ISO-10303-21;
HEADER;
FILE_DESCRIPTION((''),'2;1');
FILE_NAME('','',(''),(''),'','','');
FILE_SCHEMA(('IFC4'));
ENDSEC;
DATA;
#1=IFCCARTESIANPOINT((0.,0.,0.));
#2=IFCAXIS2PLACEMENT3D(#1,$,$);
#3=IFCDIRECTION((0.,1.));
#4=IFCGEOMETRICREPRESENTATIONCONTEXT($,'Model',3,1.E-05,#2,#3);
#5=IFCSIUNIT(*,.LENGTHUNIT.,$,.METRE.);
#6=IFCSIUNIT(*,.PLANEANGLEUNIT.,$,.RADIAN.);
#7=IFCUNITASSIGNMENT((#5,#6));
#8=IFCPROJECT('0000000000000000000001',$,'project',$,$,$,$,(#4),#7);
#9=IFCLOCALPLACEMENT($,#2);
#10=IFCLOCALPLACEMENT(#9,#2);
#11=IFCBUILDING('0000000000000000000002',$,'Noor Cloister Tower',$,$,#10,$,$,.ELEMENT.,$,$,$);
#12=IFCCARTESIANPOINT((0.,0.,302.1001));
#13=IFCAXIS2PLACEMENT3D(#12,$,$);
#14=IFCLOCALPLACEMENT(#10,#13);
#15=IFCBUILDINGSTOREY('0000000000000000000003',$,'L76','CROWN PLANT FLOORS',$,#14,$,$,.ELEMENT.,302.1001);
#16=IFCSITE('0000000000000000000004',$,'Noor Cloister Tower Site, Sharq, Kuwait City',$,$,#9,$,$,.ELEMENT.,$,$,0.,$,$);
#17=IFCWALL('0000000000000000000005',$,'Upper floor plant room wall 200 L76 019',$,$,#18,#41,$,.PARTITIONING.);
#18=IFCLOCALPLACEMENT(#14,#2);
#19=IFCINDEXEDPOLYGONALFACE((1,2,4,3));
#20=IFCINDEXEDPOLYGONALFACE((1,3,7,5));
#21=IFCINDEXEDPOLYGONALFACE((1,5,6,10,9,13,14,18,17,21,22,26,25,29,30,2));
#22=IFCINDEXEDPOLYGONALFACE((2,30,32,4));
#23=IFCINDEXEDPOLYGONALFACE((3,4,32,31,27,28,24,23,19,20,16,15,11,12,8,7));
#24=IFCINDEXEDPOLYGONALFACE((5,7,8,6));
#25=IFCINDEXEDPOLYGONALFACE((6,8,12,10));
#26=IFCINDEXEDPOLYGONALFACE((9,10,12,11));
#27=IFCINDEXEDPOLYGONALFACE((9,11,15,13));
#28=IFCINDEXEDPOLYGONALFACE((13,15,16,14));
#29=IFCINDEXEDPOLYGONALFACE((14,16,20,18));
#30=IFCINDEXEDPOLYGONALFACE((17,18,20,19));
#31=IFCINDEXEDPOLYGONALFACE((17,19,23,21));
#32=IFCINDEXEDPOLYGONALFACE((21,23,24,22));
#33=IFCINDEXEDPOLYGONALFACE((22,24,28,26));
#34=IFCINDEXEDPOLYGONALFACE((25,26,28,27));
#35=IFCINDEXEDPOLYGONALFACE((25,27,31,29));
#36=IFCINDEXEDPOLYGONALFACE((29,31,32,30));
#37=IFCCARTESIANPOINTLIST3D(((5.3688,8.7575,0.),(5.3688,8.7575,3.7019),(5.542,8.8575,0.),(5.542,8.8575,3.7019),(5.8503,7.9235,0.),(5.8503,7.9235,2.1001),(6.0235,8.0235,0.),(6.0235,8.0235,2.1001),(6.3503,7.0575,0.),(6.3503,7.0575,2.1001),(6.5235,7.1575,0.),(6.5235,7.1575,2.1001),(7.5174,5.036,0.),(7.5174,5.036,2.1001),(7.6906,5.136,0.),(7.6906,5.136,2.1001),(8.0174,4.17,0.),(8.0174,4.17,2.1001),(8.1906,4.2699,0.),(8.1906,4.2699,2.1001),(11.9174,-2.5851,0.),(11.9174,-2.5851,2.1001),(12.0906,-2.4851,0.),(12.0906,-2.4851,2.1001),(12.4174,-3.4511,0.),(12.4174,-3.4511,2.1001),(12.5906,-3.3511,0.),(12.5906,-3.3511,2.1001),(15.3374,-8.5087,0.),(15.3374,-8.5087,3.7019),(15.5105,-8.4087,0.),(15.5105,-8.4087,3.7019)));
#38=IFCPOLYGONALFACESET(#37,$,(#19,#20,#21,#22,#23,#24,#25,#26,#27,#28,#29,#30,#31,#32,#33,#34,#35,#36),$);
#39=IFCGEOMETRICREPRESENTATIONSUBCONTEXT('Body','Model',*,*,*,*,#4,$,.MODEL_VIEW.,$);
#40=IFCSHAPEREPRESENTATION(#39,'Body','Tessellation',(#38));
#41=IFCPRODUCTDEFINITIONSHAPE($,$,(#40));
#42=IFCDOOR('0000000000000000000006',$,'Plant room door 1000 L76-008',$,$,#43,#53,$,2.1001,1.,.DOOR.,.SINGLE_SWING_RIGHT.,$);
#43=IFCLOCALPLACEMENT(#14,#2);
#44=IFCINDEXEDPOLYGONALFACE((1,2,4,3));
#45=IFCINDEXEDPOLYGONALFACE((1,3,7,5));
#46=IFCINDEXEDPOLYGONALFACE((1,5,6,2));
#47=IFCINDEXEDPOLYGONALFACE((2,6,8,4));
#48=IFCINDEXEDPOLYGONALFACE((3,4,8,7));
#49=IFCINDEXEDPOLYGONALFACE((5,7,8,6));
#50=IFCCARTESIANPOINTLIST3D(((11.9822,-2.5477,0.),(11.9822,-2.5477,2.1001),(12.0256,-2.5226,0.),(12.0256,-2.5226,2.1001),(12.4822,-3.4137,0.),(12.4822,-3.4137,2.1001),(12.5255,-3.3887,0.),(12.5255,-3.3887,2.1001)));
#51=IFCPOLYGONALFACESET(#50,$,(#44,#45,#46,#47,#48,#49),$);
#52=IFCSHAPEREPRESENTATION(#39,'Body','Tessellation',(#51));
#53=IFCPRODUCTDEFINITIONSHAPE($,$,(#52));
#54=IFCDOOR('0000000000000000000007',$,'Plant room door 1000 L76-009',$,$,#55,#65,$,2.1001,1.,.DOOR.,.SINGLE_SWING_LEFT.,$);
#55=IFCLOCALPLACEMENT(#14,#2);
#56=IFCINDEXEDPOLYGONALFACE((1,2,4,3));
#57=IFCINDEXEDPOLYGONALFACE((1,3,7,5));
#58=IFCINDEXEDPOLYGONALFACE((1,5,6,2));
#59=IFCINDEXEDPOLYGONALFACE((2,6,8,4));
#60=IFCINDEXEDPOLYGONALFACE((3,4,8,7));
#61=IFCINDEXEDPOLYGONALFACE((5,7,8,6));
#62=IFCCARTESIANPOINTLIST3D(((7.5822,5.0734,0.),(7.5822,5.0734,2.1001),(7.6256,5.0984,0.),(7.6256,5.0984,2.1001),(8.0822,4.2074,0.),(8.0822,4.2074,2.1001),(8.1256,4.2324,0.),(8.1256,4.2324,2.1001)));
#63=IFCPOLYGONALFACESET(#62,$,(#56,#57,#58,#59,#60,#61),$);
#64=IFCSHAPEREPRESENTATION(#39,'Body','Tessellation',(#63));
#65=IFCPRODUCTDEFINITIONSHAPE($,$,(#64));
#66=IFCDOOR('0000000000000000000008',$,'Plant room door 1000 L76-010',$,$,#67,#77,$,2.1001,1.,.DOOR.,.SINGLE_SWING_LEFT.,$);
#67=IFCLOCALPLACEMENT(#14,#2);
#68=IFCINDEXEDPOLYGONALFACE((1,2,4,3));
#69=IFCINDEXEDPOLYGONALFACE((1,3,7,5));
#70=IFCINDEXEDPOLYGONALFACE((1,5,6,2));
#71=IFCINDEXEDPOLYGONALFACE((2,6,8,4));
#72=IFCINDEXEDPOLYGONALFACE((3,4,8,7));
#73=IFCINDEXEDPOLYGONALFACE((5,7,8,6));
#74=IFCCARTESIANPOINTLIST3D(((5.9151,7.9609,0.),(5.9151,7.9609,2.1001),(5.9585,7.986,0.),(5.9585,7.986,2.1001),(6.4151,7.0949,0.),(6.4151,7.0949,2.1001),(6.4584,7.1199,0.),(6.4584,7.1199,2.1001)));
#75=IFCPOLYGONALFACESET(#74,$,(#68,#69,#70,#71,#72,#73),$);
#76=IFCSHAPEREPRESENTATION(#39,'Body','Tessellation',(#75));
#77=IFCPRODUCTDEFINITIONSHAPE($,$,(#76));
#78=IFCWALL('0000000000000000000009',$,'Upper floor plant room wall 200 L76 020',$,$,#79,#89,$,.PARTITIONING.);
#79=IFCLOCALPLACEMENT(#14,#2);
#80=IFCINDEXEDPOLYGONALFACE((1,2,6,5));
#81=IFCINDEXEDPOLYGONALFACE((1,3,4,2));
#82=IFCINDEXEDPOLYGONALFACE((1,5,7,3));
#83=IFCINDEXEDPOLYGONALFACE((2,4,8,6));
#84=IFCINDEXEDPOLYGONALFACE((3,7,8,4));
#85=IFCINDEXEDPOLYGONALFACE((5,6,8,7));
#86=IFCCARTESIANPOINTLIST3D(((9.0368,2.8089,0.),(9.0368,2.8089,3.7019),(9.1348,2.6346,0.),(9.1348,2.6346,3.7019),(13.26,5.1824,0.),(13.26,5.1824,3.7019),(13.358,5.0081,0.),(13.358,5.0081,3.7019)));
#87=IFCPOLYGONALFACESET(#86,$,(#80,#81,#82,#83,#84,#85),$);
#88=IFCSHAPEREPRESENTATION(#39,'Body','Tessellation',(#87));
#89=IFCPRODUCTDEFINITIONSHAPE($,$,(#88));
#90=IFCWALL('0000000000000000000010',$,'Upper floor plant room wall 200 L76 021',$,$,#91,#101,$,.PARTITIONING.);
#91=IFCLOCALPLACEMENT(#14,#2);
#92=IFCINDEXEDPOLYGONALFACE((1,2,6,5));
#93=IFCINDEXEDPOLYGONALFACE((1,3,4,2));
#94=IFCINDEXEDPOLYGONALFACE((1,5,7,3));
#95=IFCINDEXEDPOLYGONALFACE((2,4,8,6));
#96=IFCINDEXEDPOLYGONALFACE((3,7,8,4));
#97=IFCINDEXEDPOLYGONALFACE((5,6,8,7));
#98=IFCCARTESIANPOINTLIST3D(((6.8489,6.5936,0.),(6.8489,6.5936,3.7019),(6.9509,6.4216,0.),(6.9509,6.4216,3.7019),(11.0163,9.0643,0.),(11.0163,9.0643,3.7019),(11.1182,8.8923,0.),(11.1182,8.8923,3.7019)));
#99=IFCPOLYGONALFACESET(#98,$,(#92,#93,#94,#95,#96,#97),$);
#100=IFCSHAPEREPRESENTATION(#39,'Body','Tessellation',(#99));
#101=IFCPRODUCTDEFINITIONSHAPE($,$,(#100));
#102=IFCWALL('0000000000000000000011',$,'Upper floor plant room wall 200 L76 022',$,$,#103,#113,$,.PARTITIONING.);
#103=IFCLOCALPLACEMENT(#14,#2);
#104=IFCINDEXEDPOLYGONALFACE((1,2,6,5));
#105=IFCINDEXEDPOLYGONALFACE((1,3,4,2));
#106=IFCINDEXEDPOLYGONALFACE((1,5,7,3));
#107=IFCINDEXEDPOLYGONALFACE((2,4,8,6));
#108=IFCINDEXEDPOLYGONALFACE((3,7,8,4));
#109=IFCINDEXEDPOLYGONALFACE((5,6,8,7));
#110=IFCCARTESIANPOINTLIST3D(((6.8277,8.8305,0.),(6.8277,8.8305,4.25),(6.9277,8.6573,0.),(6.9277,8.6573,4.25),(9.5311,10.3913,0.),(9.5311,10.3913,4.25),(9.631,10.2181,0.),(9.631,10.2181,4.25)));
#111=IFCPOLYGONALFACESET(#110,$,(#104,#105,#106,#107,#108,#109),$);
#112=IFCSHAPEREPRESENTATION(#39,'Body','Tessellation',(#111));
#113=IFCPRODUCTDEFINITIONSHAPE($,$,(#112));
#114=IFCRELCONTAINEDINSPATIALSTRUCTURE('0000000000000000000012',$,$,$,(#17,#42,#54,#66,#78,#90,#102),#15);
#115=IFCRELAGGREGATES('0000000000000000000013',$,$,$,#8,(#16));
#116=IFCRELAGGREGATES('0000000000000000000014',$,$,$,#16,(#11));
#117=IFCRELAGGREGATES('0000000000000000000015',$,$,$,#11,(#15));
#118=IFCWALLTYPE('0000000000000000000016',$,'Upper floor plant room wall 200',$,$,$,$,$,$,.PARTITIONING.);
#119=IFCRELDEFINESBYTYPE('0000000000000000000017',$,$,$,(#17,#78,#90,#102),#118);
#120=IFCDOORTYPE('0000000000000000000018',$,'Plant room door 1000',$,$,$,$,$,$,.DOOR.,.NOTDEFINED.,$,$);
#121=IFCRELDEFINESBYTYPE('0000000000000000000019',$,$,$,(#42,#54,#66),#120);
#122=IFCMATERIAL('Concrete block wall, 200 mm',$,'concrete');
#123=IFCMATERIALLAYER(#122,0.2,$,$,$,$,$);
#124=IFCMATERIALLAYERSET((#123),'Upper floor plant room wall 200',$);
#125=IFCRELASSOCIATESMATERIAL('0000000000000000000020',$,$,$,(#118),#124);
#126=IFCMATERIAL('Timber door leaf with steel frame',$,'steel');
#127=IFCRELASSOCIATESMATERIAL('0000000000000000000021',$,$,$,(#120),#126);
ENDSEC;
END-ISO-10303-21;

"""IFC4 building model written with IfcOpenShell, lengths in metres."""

from ifc_helpers import new_model, si_unit, direction, frame, frame_2d, origin, place, context, subcontext, project, spatial, rectangle, extrude, material, layer, layer_set, type_object, element, fill, save


model = new_model("IFC4")

# Units and contexts
model_context = context("Model", 3, precision=1e-05, world=origin(), true_north=direction((0.0, 1.0)))
body_context = subcontext(model_context, "Body", "Model", "MODEL_VIEW")
ifc_project = project(units=[si_unit("LENGTHUNIT", "METRE"), si_unit("PLANEANGLEUNIT", "RADIAN")], contexts=[model_context])

# Site, building, storey
site_placement = place(None, origin())
site = spatial("IfcSite", under=ifc_project, at=site_placement, Name="Noor Cloister Tower Site, Sharq, Kuwait City", CompositionType="ELEMENT", RefElevation=0.0)
building_placement = place(site_placement, origin())
building = spatial("IfcBuilding", under=site, at=building_placement, Name="Noor Cloister Tower", CompositionType="ELEMENT")
storey_placement = place(building_placement, frame((0.0, 0.0, 302.1001)))
storey = spatial("IfcBuildingStorey", under=building, at=storey_placement, Name="L76", Description="CROWN PLANT FLOORS", CompositionType="ELEMENT", Elevation=302.1001)

# Shared definitions
ifc_material_1 = material(Name="Concrete block wall, 200 mm", Category="concrete")
ifc_layer_1 = layer(ifc_material_1, 0.2)
ifc_layer_set_1 = layer_set([ifc_layer_1], Name="Upper floor plant room wall 200")
wall_type_1 = type_object("IfcWallType", Name="Upper floor plant room wall 200", PredefinedType="PARTITIONING", material=ifc_layer_set_1)

# Wall, openings, doors
wall_1_placement = place(storey_placement, frame((5.4553, 8.8076, 0.0), z_axis=(0.0, 0.0, 1.0), x_axis=(0.499997, -0.866027, 0.0)))
wall_1 = element("IfcWall", 1, at=wall_1_placement, inside=storey, type_object=wall_type_1, Name="Upper floor plant room wall 200 L76 019", PredefinedType="PARTITIONING", context=body_context, shape_type="SweptSolid", body=[
    extrude(rectangle(XDim=19.9373, YDim=0.2, at=frame_2d((9.9688, 0.0))), origin(), (0.0, 0.0, 1.0), 3.7019),
])
opening_1_placement = place(wall_1_placement, frame((13.0974, 0.0, 0.0)))
opening_1 = element("IfcOpeningElement", 2, at=opening_1_placement, cuts=wall_1, PredefinedType="OPENING", context=body_context, shape_type="SweptSolid", body=[
    extrude(rectangle(XDim=1.0, YDim=2.1001, at=frame_2d((0.5, 1.05))), frame((0.0, 0.1099, 0.0), z_axis=(0.0, -1.0, 0.0), x_axis=(1.0, 0.0, 0.0)), (0.0, 0.0, 1.0), 0.22),
])
opening_2_placement = place(wall_1_placement, frame((4.2974, 0.0, 0.0)))
opening_2 = element("IfcOpeningElement", 3, at=opening_2_placement, cuts=wall_1, PredefinedType="OPENING", context=body_context, shape_type="SweptSolid", body=[
    extrude(rectangle(XDim=1.0, YDim=2.1001, at=frame_2d((0.5, 1.05))), frame((0.0, 0.1099, 0.0), z_axis=(0.0, -1.0, 0.0), x_axis=(1.0, 0.0, 0.0)), (0.0, 0.0, 1.0), 0.22),
])
opening_3_placement = place(wall_1_placement, frame((0.9631, 0.0, 0.0)))
opening_3 = element("IfcOpeningElement", 4, at=opening_3_placement, cuts=wall_1, PredefinedType="OPENING", context=body_context, shape_type="SweptSolid", body=[
    extrude(rectangle(XDim=1.0, YDim=2.1001, at=frame_2d((0.5, 1.05))), frame((0.0, 0.1099, 0.0), z_axis=(0.0, -1.0, 0.0), x_axis=(1.0, 0.0, 0.0)), (0.0, 0.0, 1.0), 0.22),
])
ifc_material_2 = material(Name="Timber door leaf with steel frame", Category="steel")
door_type_1 = type_object("IfcDoorType", Name="Plant room door 1000", OperationType="NOTDEFINED", PredefinedType="DOOR", material=ifc_material_2)
door_1_placement = place(opening_1_placement, origin())
door_1 = element("IfcDoor", 5, at=door_1_placement, inside=storey, type_object=door_type_1, Name="Plant room door 1000 L76-008", OperationType="SINGLE_SWING_RIGHT", OverallHeight=2.1001, OverallWidth=1.0, PredefinedType="DOOR", context=body_context, shape_type="SweptSolid", body=[
    extrude(rectangle(XDim=1.0, YDim=2.1001, at=frame_2d((0.5, 1.05))), frame((0.0, 0.0249, 0.0), z_axis=(0.0, -1.0, 0.0), x_axis=(1.0, 0.0, 0.0)), (0.0, 0.0, 1.0), 0.05),
])
fill(opening_1, door_1)
door_2_placement = place(opening_2_placement, origin())
door_2 = element("IfcDoor", 6, at=door_2_placement, inside=storey, type_object=door_type_1, Name="Plant room door 1000 L76-009", OperationType="SINGLE_SWING_LEFT", OverallHeight=2.1001, OverallWidth=1.0, PredefinedType="DOOR", context=body_context, shape_type="SweptSolid", body=[
    extrude(rectangle(XDim=1.0, YDim=2.1001, at=frame_2d((0.5, 1.05))), frame((0.0, 0.0249, 0.0), z_axis=(0.0, -1.0, 0.0), x_axis=(1.0, 0.0, 0.0)), (0.0, 0.0, 1.0), 0.05),
])
fill(opening_2, door_2)
door_3_placement = place(opening_3_placement, origin())
door_3 = element("IfcDoor", 7, at=door_3_placement, inside=storey, type_object=door_type_1, Name="Plant room door 1000 L76-010", OperationType="SINGLE_SWING_LEFT", OverallHeight=2.1001, OverallWidth=1.0, PredefinedType="DOOR", context=body_context, shape_type="SweptSolid", body=[
    extrude(rectangle(XDim=1.0, YDim=2.1001, at=frame_2d((0.5, 1.05))), frame((0.0, 0.0249, 0.0), z_axis=(0.0, -1.0, 0.0), x_axis=(1.0, 0.0, 0.0)), (0.0, 0.0, 1.0), 0.05),
])
fill(opening_3, door_3)

# Walls
wall_2_placement = place(storey_placement, frame((9.0857, 2.7217, 0.0), z_axis=(0.0, 0.0, 1.0), x_axis=(0.87175, 0.48995, 0.0)))
element("IfcWall", 8, at=wall_2_placement, inside=storey, type_object=wall_type_1, Name="Upper floor plant room wall 200 L76 020", PredefinedType="PARTITIONING", context=body_context, shape_type="SweptSolid", body=[
    extrude(rectangle(XDim=4.8445, YDim=0.2, at=frame_2d((2.4224, 0.0))), origin(), (0.0, 0.0, 1.0), 3.7019),
])
wall_3_placement = place(storey_placement, frame((6.8999, 6.5076, 0.0), z_axis=(0.0, 0.0, 1.0), x_axis=(0.86018, 0.50999, 0.0)))
element("IfcWall", 9, at=wall_3_placement, inside=storey, type_object=wall_type_1, Name="Upper floor plant room wall 200 L76 021", PredefinedType="PARTITIONING", context=body_context, shape_type="SweptSolid", body=[
    extrude(rectangle(XDim=4.8447, YDim=0.2, at=frame_2d((2.4224, 0.0))), origin(), (0.0, 0.0, 1.0), 3.7019),
])
wall_4_placement = place(storey_placement, frame((6.8777, 8.7439, 0.0), z_axis=(0.0, 0.0, 1.0), x_axis=(0.866025, 0.5, 0.0)))
element("IfcWall", 10, at=wall_4_placement, inside=storey, type_object=wall_type_1, Name="Upper floor plant room wall 200 L76 022", PredefinedType="PARTITIONING", context=body_context, shape_type="SweptSolid", body=[
    extrude(rectangle(XDim=3.1216, YDim=0.2, at=frame_2d((1.5608, 0.0))), origin(), (0.0, 0.0, 1.0), 4.25),
])

save(model, "model.ifc")
